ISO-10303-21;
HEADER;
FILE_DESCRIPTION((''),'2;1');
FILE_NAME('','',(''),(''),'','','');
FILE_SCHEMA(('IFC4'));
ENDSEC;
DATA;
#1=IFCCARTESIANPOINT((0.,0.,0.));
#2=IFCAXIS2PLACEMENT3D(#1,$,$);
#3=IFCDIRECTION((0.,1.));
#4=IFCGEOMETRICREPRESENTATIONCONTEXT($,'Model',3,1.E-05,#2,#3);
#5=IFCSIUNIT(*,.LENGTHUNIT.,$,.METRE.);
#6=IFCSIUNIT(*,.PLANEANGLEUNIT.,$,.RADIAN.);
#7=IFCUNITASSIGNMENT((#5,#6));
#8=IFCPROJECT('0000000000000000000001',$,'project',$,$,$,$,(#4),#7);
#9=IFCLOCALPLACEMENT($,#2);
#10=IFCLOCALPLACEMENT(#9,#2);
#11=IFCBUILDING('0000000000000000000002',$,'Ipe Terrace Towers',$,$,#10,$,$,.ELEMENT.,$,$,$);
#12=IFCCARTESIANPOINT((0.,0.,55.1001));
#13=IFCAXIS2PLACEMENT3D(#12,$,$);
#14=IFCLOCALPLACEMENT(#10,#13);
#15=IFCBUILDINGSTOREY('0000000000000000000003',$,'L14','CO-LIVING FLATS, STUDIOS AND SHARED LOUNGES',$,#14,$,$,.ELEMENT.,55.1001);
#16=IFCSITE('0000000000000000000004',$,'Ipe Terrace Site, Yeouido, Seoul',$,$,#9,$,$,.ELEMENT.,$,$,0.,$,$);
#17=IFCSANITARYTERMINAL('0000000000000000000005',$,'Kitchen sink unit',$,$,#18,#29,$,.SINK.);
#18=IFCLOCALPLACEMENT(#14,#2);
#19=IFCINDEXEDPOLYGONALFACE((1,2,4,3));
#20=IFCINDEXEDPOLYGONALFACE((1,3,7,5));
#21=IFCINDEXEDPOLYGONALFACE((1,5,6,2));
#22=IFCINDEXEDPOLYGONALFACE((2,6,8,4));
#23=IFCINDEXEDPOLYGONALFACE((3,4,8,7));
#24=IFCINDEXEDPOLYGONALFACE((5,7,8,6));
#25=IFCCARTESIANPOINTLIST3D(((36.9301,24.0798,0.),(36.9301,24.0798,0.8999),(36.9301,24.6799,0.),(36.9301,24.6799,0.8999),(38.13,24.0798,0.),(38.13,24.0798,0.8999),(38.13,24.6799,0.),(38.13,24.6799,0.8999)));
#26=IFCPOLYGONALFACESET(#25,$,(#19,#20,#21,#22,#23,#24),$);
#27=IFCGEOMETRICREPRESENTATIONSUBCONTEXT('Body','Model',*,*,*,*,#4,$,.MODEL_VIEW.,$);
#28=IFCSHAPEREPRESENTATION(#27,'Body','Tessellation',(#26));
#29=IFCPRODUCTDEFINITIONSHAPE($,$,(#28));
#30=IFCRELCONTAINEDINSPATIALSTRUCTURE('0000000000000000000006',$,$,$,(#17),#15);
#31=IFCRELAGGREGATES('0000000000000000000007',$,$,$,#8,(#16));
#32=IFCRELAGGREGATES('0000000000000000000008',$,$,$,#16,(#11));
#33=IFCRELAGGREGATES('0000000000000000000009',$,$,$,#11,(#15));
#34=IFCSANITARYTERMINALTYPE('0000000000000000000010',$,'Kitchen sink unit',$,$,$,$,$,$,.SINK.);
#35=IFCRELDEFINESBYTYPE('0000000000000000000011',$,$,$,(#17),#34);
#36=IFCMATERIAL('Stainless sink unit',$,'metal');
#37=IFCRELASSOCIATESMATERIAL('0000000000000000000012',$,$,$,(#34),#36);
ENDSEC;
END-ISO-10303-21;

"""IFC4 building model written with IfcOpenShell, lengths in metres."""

from ifc_helpers import new_model, si_unit, direction, frame, origin, origin_2d, place, context, subcontext, project, spatial, rectangle, extrude, material, type_object, element, save


model = new_model("IFC4")

# Units and contexts
model_context = context("Model", 3, precision=1e-05, world=origin(), true_north=direction((0.0, 1.0)))
body_context = subcontext(model_context, "Body", "Model", "MODEL_VIEW")
ifc_project = project(units=[si_unit("LENGTHUNIT", "METRE"), si_unit("PLANEANGLEUNIT", "RADIAN")], contexts=[model_context])

# Site, building, storey
site_placement = place(None, origin())
site = spatial("IfcSite", under=ifc_project, at=site_placement, Name="Ipe Terrace Site, Yeouido, Seoul", CompositionType="ELEMENT", RefElevation=0.0)
building_placement = place(site_placement, origin())
building = spatial("IfcBuilding", under=site, at=building_placement, Name="Ipe Terrace Towers", CompositionType="ELEMENT")
storey_placement = place(building_placement, frame((0.0, 0.0, 55.1001)))
storey = spatial("IfcBuildingStorey", under=building, at=storey_placement, Name="L14", Description="CO-LIVING FLATS, STUDIOS AND SHARED LOUNGES", CompositionType="ELEMENT", Elevation=55.1001)

# Sanitary terminal
ifc_material_1 = material(Name="Stainless sink unit", Category="metal")
sanitary_terminal_type = type_object("IfcSanitaryTerminalType", Name="Kitchen sink unit", PredefinedType="SINK", material=ifc_material_1)
sanitary_terminal_placement = place(storey_placement, frame((37.53, 24.3799, 0.0), z_axis=(0.0, 0.0, 1.0), x_axis=(1.0, 0.0, 0.0)))
element("IfcSanitaryTerminal", 1, at=sanitary_terminal_placement, inside=storey, type_object=sanitary_terminal_type, Name="Kitchen sink unit", PredefinedType="SINK", context=body_context, shape_type="SweptSolid", body=[
    extrude(rectangle(XDim=1.2, YDim=0.6001, at=origin_2d()), origin(), (0.0, 0.0, 1.0), 0.8999),
])

save(model, "model.ifc")
